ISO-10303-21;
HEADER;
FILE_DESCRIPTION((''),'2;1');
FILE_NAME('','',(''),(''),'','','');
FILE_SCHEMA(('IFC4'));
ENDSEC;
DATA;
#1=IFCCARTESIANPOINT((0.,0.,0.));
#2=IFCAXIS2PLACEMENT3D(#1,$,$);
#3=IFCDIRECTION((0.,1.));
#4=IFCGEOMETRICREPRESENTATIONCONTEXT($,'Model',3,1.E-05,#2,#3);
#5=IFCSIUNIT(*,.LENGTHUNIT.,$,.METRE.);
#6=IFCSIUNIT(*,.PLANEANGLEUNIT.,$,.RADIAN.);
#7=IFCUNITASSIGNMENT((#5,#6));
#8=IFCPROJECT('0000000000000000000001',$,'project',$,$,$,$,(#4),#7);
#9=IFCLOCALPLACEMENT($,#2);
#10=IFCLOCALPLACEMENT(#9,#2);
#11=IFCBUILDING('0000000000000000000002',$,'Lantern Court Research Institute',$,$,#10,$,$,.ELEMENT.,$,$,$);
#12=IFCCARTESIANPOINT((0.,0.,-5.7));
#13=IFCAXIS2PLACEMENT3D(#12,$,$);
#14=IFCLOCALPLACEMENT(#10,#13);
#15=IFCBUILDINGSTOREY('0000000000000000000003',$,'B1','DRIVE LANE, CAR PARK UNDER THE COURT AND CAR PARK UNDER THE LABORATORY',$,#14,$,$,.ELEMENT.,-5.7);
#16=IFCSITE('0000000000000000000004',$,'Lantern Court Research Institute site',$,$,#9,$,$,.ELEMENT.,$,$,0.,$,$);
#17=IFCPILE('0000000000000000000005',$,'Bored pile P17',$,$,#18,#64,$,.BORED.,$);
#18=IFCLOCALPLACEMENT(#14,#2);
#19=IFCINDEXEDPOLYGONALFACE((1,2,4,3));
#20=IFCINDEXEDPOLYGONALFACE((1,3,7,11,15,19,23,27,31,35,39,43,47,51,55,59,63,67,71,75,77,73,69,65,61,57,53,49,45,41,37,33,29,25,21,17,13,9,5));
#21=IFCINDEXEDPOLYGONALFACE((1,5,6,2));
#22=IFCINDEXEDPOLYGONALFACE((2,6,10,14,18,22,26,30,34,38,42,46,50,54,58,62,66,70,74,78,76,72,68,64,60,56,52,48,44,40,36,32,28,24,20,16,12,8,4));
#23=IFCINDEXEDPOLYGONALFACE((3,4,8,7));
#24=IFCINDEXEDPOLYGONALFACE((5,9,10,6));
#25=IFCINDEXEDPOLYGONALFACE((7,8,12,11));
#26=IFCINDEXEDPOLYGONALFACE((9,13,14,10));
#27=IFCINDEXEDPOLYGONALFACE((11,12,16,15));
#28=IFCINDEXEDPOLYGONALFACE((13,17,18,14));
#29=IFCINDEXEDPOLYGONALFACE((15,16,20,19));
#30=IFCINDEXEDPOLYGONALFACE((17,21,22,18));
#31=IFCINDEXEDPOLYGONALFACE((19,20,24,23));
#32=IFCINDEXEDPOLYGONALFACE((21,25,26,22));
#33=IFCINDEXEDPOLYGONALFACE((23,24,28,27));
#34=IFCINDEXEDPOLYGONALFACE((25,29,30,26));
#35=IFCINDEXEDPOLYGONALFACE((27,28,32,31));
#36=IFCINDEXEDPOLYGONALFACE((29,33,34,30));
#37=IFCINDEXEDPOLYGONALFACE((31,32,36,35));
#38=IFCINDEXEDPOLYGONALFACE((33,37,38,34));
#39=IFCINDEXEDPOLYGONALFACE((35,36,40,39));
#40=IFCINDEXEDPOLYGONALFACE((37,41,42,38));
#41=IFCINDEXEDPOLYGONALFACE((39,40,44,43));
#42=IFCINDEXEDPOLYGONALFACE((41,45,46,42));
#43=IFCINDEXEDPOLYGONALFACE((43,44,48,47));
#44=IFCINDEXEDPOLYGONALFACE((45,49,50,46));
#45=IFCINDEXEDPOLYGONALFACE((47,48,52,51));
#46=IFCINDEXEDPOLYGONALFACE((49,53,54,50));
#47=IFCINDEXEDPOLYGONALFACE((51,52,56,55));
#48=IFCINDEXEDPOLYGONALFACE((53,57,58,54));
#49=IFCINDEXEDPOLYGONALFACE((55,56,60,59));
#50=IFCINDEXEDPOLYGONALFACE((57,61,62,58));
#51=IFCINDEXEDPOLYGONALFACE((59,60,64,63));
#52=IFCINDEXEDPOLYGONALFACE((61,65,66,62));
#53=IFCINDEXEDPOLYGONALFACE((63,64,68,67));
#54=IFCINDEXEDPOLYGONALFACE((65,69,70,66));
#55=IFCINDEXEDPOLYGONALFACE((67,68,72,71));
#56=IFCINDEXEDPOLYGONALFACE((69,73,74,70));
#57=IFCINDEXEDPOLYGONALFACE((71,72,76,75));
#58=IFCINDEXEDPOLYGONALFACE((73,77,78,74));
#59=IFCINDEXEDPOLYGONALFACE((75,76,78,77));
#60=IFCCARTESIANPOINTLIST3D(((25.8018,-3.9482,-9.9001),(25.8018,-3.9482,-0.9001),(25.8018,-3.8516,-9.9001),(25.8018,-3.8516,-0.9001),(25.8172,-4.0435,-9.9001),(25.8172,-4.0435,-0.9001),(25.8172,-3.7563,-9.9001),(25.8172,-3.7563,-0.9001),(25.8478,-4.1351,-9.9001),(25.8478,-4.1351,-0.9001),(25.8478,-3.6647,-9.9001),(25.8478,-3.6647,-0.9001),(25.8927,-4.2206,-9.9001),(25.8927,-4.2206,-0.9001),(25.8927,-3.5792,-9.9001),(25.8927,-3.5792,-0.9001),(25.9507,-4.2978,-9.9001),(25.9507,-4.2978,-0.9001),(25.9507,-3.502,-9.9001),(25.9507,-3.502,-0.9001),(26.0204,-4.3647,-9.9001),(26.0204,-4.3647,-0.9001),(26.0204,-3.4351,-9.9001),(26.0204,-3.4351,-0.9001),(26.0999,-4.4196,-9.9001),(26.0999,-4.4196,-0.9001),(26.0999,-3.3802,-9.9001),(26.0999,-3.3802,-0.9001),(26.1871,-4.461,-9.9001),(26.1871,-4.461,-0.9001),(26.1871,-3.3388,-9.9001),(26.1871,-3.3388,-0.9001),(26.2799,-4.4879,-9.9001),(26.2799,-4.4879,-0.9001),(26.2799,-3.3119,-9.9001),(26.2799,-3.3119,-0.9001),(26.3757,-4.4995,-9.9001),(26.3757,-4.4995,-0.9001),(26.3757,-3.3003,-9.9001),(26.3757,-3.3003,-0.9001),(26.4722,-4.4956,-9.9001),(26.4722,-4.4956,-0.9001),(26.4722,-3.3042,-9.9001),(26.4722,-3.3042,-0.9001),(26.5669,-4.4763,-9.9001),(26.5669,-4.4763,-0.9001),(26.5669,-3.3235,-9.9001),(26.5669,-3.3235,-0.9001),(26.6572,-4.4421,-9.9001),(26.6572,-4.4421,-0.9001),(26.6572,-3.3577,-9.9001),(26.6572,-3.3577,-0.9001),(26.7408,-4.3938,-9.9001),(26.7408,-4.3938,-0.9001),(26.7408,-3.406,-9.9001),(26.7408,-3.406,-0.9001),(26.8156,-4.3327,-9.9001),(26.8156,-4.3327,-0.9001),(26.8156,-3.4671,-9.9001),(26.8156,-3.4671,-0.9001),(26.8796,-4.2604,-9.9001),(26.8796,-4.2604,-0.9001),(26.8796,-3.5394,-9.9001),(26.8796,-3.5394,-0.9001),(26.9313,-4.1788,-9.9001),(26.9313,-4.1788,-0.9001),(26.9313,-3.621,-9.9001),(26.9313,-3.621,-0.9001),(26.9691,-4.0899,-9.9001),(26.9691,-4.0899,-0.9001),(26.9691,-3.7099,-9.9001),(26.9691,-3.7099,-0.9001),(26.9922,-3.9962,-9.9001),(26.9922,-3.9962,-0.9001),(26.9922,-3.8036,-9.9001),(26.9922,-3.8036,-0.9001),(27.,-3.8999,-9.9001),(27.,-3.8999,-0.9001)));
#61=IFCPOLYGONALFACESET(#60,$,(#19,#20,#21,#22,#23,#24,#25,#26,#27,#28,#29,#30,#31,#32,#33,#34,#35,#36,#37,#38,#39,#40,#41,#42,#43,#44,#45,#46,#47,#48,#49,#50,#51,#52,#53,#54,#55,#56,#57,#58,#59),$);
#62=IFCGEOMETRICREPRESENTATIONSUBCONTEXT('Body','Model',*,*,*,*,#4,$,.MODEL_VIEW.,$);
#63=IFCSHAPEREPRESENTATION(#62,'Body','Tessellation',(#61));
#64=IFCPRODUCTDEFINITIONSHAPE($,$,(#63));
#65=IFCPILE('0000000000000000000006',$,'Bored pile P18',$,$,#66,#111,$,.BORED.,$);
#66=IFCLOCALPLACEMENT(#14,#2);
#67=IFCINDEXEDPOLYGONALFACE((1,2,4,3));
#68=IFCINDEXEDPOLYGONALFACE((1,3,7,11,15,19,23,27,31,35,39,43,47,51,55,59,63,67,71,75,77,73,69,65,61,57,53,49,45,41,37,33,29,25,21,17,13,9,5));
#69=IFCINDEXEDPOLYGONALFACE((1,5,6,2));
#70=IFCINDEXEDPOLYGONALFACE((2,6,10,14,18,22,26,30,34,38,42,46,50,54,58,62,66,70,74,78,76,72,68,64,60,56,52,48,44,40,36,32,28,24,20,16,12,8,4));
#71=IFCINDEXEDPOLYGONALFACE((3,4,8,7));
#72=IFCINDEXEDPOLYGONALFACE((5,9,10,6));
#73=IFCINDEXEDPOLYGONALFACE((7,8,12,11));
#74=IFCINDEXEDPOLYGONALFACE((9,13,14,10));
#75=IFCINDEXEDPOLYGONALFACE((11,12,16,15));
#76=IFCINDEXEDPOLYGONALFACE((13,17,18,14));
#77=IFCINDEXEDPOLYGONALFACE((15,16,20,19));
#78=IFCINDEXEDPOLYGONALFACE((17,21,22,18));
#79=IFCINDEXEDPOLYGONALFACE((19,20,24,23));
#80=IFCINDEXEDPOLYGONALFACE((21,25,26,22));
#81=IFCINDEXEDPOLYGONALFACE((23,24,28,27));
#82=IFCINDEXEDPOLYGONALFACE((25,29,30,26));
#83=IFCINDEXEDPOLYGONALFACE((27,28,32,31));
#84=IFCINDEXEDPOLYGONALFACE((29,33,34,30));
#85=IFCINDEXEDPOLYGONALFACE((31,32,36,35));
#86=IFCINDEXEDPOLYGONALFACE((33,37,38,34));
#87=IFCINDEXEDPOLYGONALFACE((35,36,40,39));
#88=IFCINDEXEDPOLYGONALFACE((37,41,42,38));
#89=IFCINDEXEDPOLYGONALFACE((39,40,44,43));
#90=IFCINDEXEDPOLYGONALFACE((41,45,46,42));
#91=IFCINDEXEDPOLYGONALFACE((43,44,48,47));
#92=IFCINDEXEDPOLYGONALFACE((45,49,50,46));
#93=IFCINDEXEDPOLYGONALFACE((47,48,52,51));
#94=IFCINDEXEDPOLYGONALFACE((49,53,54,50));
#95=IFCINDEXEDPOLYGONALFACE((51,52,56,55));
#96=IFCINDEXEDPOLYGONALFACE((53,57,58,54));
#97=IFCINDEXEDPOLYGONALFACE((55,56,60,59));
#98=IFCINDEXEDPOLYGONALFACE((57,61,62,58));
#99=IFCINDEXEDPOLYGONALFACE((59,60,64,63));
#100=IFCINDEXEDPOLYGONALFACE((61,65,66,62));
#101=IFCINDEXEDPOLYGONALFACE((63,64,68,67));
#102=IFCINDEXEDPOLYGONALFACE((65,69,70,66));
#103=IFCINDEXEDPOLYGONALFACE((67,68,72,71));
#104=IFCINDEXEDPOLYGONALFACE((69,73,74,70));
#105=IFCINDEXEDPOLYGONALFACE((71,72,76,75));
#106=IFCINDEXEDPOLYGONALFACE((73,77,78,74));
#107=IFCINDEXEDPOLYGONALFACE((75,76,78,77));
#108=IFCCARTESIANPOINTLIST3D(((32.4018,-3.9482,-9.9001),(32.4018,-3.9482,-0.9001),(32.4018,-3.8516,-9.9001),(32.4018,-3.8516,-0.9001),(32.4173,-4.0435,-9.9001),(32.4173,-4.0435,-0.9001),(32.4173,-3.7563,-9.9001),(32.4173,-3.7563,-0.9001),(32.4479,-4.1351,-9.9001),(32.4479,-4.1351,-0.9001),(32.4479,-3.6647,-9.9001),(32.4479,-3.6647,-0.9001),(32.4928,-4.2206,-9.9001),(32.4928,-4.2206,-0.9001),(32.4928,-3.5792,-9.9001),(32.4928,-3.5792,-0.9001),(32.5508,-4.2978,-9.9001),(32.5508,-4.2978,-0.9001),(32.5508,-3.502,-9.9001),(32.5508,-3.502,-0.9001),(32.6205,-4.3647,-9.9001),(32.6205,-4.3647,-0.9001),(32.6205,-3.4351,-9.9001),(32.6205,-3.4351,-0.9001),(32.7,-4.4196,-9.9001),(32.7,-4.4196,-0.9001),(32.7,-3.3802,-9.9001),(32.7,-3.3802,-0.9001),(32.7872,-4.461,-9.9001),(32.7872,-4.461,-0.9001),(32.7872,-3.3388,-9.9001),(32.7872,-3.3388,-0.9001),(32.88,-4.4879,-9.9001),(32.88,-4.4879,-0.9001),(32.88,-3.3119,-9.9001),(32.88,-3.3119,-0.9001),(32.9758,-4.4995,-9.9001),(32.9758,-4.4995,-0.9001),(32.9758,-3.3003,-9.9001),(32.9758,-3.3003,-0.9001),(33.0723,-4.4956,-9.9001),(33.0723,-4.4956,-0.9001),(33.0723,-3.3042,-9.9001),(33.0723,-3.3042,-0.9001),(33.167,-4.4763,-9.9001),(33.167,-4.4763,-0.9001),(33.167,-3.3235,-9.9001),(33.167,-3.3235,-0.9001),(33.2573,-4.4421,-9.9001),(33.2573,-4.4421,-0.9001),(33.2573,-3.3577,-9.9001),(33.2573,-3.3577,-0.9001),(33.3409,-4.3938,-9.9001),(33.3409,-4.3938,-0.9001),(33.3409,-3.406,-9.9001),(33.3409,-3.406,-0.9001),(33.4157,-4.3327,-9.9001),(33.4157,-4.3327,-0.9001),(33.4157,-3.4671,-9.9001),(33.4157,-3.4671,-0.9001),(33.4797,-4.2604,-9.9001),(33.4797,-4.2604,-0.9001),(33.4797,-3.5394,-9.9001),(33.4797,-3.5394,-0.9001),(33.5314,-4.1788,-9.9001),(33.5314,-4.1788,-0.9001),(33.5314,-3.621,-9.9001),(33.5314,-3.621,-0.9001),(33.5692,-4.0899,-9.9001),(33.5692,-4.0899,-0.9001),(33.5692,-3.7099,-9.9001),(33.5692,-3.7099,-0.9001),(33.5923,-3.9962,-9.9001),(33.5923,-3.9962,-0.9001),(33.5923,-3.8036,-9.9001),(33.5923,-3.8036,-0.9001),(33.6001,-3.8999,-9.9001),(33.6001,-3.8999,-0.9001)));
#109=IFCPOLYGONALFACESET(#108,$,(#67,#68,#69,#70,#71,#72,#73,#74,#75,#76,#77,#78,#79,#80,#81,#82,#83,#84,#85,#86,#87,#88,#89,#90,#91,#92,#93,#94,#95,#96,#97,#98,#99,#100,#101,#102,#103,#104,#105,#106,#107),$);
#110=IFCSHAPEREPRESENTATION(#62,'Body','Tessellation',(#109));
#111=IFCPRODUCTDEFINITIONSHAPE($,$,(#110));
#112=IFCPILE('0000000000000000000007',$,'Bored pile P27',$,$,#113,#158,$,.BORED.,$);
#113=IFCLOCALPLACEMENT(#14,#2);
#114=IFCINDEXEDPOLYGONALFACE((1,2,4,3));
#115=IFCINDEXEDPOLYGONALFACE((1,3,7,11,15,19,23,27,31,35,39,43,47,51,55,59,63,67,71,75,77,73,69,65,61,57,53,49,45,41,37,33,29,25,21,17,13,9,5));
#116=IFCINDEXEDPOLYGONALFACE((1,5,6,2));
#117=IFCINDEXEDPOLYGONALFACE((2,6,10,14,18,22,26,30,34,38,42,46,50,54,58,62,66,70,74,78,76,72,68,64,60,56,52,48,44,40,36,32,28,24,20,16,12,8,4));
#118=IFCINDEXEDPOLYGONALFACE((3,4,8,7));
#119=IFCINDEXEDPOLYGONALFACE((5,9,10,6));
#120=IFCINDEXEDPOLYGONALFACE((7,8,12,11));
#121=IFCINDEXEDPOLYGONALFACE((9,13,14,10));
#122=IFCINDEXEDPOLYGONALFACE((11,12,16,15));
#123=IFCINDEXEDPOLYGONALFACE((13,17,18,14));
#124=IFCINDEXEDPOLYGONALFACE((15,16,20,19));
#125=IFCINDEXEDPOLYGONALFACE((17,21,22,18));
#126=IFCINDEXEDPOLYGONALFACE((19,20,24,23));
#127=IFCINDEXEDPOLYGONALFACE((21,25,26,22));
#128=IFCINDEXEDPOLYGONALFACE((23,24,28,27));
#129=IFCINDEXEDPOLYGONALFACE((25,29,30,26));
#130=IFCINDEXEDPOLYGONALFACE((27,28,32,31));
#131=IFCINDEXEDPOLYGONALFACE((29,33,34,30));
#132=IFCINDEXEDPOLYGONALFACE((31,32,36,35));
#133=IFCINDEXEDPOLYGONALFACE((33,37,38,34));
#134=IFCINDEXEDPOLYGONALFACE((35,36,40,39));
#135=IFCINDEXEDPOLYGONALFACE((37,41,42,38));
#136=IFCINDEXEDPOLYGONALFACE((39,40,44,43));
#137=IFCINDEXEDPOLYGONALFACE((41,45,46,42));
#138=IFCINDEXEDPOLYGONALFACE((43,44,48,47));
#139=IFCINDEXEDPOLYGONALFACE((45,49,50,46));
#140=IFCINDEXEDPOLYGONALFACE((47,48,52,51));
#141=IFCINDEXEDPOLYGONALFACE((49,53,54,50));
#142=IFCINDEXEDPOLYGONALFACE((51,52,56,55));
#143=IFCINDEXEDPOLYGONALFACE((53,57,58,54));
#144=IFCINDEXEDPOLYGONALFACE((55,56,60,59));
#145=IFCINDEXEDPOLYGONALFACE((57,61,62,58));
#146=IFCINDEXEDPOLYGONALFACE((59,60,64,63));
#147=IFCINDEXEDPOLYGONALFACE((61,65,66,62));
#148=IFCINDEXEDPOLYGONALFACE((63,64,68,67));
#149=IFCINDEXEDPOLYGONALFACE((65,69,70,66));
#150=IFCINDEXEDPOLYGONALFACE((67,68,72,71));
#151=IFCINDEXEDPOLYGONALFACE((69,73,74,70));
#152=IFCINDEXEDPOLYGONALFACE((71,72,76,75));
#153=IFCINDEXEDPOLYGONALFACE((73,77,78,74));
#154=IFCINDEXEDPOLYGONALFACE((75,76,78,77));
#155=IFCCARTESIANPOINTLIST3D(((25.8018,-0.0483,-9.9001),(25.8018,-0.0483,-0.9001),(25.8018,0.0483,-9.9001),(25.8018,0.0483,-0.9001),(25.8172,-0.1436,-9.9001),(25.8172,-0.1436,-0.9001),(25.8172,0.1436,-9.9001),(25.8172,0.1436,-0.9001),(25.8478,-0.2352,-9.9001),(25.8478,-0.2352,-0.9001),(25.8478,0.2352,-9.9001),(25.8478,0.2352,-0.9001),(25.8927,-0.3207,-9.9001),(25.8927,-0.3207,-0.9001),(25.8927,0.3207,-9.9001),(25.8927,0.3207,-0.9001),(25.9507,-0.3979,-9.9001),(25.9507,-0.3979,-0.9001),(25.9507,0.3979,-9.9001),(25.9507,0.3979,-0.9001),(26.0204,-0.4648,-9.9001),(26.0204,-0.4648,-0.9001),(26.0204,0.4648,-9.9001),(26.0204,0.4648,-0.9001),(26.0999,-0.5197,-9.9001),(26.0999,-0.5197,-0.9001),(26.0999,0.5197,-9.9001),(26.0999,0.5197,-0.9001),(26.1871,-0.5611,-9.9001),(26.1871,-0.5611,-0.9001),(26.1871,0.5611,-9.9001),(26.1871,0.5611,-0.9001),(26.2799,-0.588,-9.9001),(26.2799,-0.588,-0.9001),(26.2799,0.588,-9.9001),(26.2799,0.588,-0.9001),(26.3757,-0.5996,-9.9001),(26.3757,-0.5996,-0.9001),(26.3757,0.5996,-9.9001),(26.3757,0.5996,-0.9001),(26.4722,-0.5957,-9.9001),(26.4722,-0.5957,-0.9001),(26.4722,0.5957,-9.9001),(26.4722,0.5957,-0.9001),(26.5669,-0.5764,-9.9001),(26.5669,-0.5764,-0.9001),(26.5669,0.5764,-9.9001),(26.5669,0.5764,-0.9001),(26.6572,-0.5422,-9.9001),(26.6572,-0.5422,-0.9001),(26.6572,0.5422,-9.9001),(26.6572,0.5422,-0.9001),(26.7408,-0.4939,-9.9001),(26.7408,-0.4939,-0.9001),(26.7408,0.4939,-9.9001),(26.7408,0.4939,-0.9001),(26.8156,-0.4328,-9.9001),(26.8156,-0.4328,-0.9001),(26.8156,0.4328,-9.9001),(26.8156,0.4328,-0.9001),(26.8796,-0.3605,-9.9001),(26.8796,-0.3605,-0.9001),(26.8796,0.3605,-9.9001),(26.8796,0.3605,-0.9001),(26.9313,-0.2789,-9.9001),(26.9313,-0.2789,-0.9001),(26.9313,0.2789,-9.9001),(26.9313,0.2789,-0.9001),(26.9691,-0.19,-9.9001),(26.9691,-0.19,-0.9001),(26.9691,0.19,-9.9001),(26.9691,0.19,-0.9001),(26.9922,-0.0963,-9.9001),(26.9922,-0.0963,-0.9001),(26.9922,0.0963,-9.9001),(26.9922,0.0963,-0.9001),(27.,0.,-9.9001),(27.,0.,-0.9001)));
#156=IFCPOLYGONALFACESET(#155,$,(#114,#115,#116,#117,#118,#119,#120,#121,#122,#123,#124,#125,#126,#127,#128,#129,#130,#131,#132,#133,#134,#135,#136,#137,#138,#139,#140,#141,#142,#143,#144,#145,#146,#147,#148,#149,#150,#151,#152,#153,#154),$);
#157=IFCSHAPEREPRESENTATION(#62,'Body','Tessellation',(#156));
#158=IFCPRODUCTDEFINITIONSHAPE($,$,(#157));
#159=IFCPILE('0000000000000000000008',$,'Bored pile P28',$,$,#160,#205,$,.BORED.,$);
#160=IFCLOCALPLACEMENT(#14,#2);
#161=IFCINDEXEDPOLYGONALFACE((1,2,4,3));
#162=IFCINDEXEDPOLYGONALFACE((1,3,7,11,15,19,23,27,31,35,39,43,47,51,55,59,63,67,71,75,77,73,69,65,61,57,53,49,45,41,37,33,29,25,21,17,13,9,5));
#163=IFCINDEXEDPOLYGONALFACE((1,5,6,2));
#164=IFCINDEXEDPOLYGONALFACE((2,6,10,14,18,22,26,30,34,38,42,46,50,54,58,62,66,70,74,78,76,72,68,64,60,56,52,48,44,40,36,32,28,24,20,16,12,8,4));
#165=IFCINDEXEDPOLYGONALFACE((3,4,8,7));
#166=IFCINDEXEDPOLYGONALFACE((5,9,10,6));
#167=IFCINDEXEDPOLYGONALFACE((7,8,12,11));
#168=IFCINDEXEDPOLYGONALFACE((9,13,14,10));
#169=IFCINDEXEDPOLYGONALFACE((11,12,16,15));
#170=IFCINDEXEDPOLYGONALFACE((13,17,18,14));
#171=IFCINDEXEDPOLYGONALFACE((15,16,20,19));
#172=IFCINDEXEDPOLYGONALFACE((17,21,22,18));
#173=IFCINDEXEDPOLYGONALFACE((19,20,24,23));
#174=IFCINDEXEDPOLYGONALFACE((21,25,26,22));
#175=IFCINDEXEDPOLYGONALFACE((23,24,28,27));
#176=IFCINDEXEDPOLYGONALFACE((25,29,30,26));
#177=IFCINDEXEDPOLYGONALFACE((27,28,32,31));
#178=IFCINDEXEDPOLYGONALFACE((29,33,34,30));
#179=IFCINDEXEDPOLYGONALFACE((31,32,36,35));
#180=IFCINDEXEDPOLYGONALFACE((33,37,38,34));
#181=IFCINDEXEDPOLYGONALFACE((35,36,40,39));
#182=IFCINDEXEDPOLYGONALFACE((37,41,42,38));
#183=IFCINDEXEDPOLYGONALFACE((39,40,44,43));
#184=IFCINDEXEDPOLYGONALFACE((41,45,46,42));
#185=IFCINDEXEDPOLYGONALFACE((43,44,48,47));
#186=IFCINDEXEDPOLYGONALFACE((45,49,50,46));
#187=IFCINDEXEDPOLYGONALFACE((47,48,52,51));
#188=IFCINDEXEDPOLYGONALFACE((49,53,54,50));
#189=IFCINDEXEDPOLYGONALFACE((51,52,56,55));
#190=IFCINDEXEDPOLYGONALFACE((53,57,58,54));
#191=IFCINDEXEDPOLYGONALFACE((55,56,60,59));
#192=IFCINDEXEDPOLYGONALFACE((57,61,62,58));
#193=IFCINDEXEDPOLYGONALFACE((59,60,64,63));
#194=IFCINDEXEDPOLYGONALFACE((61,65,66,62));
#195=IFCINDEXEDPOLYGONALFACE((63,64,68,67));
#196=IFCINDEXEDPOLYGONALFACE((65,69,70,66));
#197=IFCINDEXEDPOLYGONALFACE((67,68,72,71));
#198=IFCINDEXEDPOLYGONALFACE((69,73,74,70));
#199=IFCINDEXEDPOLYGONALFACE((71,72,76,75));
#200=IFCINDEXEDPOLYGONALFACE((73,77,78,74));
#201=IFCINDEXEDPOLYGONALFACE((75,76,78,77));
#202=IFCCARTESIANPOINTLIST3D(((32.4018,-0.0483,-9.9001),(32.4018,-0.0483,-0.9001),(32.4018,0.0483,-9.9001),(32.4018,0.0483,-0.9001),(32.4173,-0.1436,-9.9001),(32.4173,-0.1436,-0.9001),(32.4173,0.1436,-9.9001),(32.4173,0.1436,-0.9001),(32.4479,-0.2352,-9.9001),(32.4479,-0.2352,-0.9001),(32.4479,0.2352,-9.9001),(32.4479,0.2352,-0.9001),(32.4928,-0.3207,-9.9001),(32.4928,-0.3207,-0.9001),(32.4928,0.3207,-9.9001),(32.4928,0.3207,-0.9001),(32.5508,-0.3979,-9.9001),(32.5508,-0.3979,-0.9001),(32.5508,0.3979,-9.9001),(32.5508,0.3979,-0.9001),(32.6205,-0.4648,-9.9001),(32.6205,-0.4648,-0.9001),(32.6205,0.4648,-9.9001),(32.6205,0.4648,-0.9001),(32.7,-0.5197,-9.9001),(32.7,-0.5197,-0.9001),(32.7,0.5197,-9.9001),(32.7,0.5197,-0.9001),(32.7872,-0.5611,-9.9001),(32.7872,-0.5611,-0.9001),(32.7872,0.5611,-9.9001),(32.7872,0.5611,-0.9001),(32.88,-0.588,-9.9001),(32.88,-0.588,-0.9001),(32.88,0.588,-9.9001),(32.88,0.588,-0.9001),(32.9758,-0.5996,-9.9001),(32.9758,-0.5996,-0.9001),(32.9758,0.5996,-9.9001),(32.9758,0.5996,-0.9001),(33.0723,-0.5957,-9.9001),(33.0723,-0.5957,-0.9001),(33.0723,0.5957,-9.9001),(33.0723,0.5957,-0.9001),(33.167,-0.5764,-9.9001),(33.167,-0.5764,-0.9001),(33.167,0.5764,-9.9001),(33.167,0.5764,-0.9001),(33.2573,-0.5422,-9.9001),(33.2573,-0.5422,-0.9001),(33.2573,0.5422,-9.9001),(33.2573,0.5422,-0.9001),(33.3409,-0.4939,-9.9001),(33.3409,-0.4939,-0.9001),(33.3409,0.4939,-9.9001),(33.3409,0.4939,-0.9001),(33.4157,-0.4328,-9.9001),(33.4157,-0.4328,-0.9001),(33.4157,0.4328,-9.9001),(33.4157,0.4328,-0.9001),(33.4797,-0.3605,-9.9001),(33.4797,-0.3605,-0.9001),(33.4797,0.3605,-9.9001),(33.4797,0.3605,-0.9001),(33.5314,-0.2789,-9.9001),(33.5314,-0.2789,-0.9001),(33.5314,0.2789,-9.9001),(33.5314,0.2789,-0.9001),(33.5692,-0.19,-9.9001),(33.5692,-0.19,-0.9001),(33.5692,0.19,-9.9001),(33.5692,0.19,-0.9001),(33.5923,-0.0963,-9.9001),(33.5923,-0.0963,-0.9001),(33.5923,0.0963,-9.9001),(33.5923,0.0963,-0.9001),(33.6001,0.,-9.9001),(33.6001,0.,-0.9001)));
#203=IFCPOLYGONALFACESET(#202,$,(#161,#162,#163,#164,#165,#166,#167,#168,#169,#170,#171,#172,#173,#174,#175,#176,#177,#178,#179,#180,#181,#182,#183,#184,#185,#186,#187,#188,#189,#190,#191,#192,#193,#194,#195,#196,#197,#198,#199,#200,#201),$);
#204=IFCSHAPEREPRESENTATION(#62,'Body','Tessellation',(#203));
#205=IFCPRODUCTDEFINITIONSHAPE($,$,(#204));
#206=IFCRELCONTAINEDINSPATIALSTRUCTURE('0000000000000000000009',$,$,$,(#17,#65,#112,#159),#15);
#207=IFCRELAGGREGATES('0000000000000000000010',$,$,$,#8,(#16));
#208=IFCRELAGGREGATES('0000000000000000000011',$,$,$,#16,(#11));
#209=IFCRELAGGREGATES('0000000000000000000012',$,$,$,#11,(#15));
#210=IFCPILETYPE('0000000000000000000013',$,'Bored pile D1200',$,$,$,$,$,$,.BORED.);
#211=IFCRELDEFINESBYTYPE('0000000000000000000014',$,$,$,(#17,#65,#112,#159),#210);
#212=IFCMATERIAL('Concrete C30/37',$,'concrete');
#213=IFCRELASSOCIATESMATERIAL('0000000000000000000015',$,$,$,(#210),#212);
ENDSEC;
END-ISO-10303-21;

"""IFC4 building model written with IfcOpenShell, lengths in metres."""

from ifc_helpers import new_model, si_unit, direction, frame, origin, origin_2d, place, context, subcontext, project, spatial, circle, extrude, material, material_profile, profile_set, type_object, element, save


model = new_model("IFC4")

# Units and contexts
model_context = context("Model", 3, precision=1e-05, world=origin(), true_north=direction((0.0, 1.0)))
body_context = subcontext(model_context, "Body", "Model", "MODEL_VIEW")
ifc_project = project(units=[si_unit("LENGTHUNIT", "METRE"), si_unit("PLANEANGLEUNIT", "RADIAN")], contexts=[model_context])

# Site, building, storey
site_placement = place(None, origin())
site = spatial("IfcSite", under=ifc_project, at=site_placement, Name="Lantern Court Research Institute site", CompositionType="ELEMENT", RefElevation=0.0)
building_placement = place(site_placement, origin())
building = spatial("IfcBuilding", under=site, at=building_placement, Name="Lantern Court Research Institute", CompositionType="ELEMENT")
storey_placement = place(building_placement, frame((0.0, 0.0, -5.7)))
storey = spatial("IfcBuildingStorey", under=building, at=storey_placement, Name="B1", Description="DRIVE LANE, CAR PARK UNDER THE COURT AND CAR PARK UNDER THE LABORATORY", CompositionType="ELEMENT", Elevation=-5.7)

# Piles
ifc_material_1 = material(Name="Concrete C30/37", Category="concrete")
ifc_material_profile_1 = material_profile(ifc_material_1, circle(Radius=0.6001, at=origin_2d()), Name="Bored pile D1200")
ifc_profile_set_1 = profile_set([ifc_material_profile_1], Name="Concrete C30/37")
pile_type_1 = type_object("IfcPileType", Name="Bored pile D1200", PredefinedType="BORED", material=ifc_profile_set_1)
for number, where, z_axis, x_axis, name in (
    (1, (26.3999, -3.8999, -0.9001), (0.0, 0.0, -1.0), (1.0, 0.0, 0.0), "Bored pile P17"),
    (2, (33.0, -3.8999, -0.9001), (0.0, 0.0, -1.0), (1.0, 0.0, 0.0), "Bored pile P18"),
    (3, (26.3999, 0.0, -0.9001), (0.0, 0.0, -1.0), (1.0, 0.0, 0.0), "Bored pile P27"),
    (4, (33.0, 0.0, -0.9001), (0.0, 0.0, -1.0), (1.0, 0.0, 0.0), "Bored pile P28"),
):
    element("IfcPile", number, at=place(storey_placement, frame(where, z_axis=z_axis, x_axis=x_axis)), inside=storey, type_object=pile_type_1, Name=name, PredefinedType="BORED", context=body_context, shape_type="SweptSolid", body=[
        extrude(circle(Radius=0.6001, at=origin_2d()), origin(), (0.0, 0.0, 1.0), 9.0),
    ])

save(model, "model.ifc")
